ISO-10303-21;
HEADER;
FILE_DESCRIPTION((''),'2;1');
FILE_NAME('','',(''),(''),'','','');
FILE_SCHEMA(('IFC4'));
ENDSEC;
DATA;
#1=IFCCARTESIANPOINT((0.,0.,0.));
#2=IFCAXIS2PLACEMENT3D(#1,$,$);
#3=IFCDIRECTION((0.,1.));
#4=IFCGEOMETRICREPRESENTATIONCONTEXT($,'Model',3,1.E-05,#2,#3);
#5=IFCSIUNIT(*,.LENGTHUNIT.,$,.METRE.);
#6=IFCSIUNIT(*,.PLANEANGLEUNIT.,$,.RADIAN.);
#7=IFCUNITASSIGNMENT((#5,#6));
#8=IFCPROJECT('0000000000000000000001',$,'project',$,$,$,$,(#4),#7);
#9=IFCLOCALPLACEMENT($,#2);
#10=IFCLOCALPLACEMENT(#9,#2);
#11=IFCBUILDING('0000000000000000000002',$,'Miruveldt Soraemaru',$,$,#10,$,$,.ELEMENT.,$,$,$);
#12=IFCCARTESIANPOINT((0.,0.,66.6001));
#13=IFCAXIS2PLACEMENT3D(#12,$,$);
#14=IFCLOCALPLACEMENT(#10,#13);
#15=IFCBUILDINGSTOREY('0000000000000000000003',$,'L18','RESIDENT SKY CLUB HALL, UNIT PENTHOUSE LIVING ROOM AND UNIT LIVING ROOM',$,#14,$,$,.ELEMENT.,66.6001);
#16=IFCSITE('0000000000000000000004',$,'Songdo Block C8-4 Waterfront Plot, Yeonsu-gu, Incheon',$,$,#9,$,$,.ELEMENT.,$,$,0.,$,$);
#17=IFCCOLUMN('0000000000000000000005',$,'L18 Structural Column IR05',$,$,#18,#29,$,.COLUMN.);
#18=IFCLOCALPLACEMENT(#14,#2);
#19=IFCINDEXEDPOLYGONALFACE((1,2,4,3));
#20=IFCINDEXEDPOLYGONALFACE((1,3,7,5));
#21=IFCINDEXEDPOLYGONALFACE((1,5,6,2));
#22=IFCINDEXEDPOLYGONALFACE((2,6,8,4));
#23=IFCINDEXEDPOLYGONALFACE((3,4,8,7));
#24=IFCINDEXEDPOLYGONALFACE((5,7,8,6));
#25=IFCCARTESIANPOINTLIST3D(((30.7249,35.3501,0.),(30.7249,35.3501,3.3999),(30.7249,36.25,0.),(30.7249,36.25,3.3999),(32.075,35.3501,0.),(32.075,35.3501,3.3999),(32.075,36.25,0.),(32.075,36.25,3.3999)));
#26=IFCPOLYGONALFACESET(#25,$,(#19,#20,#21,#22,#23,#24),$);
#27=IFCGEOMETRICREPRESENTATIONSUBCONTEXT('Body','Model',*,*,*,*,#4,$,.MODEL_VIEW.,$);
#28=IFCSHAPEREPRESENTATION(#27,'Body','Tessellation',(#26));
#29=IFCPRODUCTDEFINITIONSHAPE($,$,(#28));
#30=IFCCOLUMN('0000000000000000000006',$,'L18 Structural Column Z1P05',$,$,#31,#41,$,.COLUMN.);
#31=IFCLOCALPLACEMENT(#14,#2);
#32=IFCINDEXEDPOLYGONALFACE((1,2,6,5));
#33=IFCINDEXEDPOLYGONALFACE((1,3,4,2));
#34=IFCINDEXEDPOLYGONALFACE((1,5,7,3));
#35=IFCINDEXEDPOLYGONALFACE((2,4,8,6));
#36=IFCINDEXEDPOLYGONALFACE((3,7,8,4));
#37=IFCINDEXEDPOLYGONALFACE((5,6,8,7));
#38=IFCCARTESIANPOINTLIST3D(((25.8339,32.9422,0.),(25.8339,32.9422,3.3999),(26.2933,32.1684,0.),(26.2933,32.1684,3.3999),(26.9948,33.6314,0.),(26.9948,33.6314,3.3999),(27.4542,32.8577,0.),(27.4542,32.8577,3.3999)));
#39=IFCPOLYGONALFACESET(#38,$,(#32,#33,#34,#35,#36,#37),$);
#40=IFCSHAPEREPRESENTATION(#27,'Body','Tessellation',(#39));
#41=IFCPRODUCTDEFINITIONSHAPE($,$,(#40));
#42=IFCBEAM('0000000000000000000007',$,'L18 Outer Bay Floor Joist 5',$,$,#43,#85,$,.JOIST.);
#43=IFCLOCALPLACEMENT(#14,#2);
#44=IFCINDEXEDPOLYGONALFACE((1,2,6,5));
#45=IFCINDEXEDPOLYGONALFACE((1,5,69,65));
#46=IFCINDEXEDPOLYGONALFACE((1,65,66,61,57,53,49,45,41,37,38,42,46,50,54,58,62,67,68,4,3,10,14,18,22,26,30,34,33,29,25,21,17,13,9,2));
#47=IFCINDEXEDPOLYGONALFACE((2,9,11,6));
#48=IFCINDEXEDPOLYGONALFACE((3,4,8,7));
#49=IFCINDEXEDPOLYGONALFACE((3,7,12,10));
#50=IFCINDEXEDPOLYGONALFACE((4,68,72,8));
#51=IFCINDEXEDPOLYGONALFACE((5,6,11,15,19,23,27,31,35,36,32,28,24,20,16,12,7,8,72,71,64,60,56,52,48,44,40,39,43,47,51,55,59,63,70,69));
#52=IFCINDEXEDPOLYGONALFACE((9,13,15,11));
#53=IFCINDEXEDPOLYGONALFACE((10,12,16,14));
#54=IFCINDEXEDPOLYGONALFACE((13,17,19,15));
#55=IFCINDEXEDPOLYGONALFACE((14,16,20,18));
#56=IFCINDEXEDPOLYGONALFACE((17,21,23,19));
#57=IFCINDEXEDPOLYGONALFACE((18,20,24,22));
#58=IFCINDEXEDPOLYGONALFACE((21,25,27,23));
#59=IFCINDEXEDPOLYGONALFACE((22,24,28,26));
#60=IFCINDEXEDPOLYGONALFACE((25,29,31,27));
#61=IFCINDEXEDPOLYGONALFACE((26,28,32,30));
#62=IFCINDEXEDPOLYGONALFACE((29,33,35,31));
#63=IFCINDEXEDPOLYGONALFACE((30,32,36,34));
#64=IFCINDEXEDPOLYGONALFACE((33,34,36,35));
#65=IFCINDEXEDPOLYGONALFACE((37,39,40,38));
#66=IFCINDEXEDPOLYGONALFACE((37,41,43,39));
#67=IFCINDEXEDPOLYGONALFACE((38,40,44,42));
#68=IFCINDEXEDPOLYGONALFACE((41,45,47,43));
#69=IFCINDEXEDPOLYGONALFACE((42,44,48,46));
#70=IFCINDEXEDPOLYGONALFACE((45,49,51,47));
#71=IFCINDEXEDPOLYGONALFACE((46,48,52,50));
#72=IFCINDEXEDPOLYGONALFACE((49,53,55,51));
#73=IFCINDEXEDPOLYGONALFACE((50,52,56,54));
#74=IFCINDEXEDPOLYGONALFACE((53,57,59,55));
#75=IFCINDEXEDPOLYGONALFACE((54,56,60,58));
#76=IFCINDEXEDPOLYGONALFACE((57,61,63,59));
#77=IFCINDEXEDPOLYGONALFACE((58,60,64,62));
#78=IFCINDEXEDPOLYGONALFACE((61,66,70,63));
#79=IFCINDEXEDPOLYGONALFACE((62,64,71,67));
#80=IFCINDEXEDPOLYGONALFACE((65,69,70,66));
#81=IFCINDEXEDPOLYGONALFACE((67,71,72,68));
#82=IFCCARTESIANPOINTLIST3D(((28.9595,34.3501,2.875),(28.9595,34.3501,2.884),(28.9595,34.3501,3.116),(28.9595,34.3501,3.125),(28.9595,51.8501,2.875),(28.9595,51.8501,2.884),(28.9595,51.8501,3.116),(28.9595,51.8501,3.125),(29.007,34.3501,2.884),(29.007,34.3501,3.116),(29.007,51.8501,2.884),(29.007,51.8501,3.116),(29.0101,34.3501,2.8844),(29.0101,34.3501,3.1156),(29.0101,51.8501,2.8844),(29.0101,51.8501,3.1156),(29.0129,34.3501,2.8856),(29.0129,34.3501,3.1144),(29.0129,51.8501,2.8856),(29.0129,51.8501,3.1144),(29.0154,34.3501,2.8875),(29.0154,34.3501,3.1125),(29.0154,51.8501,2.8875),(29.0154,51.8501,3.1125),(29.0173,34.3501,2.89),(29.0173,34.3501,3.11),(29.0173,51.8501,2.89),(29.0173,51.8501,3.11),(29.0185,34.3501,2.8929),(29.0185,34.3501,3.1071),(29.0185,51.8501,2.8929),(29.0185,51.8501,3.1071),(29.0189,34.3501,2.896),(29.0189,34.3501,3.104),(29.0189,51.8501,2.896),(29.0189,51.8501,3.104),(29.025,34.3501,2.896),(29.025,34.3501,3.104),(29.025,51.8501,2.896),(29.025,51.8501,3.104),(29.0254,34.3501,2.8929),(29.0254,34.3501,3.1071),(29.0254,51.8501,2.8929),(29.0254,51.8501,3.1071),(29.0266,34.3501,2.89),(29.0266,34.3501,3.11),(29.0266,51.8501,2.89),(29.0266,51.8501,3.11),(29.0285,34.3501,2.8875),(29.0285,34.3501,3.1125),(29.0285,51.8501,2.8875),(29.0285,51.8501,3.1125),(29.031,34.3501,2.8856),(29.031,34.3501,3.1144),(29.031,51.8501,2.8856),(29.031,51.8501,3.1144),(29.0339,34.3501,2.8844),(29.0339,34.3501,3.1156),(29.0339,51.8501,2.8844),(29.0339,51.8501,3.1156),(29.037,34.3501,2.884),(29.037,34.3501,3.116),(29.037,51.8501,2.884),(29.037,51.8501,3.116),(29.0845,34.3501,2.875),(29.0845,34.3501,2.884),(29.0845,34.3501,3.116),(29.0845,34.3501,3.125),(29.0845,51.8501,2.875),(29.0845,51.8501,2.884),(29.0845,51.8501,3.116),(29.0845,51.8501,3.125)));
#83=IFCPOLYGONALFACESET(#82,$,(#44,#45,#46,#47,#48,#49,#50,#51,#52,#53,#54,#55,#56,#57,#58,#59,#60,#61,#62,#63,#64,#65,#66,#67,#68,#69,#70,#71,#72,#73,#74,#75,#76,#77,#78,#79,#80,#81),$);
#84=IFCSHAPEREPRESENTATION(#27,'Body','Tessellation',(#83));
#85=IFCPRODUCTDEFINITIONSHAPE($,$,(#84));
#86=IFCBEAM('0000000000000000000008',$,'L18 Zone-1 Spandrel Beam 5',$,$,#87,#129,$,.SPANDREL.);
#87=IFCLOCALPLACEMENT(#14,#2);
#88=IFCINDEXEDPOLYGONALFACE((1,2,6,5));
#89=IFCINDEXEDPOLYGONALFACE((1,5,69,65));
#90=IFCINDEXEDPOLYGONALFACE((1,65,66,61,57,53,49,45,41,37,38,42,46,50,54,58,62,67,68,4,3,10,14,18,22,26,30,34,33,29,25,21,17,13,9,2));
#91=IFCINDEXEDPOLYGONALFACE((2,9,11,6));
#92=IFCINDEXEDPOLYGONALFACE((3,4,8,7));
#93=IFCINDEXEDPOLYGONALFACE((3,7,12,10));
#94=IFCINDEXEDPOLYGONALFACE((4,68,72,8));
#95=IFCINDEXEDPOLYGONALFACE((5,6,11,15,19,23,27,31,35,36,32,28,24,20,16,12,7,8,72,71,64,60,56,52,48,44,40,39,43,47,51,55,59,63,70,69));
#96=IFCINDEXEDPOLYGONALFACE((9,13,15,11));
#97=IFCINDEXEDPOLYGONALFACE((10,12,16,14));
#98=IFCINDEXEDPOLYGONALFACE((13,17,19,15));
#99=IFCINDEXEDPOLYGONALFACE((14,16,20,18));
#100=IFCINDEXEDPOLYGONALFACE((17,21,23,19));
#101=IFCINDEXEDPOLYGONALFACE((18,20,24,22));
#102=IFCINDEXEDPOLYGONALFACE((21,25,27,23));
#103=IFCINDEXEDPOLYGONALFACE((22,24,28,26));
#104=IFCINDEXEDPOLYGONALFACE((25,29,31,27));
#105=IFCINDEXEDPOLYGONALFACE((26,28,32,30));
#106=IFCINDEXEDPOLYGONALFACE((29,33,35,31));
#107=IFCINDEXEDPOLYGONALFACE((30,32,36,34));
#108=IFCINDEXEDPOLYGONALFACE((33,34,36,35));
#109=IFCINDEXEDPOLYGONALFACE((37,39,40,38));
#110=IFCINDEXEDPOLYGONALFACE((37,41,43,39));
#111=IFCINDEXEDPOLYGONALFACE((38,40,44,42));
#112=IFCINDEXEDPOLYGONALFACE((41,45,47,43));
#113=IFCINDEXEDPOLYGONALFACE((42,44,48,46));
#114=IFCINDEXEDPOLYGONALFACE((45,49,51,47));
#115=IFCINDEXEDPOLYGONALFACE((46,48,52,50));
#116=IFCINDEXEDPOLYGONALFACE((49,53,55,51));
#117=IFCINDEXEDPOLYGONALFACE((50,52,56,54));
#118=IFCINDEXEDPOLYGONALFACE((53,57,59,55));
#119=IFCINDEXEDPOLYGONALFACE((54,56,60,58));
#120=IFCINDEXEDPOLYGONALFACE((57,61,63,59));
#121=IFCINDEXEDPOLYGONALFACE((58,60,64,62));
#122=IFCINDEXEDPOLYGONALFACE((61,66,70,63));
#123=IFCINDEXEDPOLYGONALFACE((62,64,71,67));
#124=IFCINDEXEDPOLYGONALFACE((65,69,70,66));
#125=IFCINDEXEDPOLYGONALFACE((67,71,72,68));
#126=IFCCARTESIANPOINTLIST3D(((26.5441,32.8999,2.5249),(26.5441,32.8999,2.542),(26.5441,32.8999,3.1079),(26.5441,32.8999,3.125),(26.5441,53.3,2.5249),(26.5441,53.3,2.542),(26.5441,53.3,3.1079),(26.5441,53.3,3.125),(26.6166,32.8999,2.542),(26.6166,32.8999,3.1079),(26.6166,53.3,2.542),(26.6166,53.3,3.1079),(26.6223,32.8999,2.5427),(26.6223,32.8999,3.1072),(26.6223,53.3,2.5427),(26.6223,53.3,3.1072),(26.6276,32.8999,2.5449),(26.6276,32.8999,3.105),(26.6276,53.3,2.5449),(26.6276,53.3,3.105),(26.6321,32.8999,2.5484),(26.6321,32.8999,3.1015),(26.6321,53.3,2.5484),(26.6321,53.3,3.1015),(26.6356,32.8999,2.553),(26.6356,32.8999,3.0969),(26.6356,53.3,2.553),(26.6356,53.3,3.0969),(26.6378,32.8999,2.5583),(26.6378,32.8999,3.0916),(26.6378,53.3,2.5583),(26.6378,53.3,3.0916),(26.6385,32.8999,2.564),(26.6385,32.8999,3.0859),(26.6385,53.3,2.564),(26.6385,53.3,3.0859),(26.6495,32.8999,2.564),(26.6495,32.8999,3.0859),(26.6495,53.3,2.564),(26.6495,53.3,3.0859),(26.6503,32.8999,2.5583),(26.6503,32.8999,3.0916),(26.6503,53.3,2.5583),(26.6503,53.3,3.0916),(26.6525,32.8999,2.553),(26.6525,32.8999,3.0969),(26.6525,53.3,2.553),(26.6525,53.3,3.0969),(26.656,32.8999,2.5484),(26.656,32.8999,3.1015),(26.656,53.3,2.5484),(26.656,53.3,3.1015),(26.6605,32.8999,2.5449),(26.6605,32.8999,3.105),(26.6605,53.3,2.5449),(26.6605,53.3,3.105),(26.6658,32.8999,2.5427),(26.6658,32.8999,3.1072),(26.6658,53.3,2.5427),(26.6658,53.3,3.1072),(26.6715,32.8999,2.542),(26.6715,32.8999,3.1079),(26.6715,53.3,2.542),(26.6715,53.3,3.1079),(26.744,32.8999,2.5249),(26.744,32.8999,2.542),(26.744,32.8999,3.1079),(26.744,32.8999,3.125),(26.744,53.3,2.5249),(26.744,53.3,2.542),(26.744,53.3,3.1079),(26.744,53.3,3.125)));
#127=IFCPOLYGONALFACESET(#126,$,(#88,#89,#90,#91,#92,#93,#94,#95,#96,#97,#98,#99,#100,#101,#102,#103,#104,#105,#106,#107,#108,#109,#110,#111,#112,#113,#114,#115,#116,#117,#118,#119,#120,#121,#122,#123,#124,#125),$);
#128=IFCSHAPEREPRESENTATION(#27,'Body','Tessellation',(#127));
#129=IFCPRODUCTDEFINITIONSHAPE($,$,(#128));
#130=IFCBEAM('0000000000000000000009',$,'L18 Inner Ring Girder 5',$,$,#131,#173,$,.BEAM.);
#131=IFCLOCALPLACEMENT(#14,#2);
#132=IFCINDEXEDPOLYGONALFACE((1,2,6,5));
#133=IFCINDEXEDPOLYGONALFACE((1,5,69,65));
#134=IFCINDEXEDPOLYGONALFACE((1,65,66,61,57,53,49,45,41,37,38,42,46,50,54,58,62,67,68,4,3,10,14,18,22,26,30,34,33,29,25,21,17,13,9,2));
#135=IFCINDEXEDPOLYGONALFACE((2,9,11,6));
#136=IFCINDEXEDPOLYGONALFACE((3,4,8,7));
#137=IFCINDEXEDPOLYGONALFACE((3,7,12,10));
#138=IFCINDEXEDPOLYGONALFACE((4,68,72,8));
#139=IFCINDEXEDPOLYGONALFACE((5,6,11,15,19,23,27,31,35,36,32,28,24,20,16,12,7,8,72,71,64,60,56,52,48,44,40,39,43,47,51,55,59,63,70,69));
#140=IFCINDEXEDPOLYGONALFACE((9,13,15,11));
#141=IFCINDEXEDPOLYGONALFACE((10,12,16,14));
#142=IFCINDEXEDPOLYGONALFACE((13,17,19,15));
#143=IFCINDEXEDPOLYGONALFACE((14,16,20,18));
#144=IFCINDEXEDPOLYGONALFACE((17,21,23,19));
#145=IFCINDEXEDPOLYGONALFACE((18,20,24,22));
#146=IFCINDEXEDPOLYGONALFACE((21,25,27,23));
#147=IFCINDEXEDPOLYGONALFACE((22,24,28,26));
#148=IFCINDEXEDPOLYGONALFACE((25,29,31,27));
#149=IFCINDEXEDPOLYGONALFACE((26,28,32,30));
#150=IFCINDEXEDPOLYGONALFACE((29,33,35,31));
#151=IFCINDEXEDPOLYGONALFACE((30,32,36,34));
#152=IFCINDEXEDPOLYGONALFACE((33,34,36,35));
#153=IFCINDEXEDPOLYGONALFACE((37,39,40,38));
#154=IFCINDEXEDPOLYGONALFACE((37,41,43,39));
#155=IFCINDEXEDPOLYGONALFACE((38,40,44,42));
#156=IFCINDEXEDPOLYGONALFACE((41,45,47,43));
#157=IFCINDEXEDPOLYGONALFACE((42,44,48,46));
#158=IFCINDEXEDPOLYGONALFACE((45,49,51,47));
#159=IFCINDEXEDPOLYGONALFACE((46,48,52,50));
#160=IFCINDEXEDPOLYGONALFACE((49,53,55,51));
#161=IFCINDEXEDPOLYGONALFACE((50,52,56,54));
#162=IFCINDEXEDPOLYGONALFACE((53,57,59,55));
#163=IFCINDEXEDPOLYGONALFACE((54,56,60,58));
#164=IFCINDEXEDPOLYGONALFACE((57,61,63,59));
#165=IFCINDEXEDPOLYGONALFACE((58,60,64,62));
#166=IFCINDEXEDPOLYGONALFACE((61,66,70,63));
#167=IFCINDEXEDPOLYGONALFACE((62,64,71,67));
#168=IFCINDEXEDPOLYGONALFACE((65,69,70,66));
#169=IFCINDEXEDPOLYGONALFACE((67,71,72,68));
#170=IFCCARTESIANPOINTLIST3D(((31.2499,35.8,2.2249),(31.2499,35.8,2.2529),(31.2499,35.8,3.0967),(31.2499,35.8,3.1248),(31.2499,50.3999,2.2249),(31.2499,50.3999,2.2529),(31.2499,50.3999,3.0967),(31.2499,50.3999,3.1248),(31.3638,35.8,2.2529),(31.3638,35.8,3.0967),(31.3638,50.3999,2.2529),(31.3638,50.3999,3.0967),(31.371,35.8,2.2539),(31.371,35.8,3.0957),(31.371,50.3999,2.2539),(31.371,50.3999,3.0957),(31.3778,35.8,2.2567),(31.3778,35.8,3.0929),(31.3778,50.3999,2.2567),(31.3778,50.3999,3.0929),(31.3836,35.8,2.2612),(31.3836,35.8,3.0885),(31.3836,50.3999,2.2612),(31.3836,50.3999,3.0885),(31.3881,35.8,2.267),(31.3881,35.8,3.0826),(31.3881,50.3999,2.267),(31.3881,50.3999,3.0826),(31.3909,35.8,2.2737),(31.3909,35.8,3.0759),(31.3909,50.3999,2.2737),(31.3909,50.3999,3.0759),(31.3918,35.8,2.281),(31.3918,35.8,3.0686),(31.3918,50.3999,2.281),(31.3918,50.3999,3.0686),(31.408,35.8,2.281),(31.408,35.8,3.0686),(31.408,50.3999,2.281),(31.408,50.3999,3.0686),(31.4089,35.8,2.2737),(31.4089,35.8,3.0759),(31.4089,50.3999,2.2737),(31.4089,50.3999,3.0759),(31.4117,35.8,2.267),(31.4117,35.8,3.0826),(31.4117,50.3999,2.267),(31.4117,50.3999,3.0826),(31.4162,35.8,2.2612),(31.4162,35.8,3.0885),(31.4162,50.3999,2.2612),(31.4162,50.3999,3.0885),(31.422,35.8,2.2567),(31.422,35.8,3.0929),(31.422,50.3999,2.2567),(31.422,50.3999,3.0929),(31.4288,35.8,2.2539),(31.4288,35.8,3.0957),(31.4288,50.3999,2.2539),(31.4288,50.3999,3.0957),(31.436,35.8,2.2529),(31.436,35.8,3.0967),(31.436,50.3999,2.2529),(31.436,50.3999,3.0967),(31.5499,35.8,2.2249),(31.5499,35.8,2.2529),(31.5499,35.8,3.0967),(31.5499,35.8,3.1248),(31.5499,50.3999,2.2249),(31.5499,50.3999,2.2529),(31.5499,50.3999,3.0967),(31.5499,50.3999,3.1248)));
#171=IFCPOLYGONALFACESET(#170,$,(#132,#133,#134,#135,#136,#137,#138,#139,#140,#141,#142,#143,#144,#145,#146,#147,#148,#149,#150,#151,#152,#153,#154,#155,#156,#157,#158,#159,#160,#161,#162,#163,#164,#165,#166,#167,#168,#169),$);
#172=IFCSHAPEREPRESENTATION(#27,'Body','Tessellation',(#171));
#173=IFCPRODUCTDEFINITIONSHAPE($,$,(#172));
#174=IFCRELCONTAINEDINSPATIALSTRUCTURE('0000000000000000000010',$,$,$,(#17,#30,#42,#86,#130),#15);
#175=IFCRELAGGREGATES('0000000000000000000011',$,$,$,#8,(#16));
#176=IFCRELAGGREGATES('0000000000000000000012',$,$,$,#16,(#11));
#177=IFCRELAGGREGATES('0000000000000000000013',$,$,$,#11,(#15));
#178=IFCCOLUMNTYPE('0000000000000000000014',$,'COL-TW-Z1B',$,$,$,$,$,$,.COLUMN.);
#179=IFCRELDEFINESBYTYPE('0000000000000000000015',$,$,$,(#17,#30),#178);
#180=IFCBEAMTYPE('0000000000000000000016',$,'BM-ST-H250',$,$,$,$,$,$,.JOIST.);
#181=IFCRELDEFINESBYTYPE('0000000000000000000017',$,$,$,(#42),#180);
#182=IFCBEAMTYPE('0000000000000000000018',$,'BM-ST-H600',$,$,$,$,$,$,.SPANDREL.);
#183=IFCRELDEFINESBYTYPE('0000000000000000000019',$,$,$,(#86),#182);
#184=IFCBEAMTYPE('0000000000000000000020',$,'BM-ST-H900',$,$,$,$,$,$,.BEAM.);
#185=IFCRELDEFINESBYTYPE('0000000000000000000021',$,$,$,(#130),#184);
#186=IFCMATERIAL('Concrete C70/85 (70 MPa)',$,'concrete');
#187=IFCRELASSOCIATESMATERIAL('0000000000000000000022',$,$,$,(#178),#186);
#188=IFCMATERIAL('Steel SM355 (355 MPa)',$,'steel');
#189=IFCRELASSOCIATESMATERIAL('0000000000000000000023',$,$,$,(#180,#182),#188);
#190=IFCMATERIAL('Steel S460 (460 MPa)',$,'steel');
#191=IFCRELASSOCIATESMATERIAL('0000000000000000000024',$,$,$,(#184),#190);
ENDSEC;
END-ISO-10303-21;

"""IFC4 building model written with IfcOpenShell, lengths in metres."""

from ifc_helpers import new_model, si_unit, direction, frame, origin, origin_2d, place, context, subcontext, project, spatial, rectangle, i_section, extrude, material, material_profile, profile_set, type_object, element, save


model = new_model("IFC4")

# Units and contexts
model_context = context("Model", 3, precision=1e-05, world=origin(), true_north=direction((0.0, 1.0)))
body_context = subcontext(model_context, "Body", "Model", "MODEL_VIEW")
ifc_project = project(units=[si_unit("LENGTHUNIT", "METRE"), si_unit("PLANEANGLEUNIT", "RADIAN")], contexts=[model_context])

# Site, building, storey
site_placement = place(None, origin())
site = spatial("IfcSite", under=ifc_project, at=site_placement, Name="Songdo Block C8-4 Waterfront Plot, Yeonsu-gu, Incheon", CompositionType="ELEMENT", RefElevation=0.0)
building_placement = place(site_placement, origin())
building = spatial("IfcBuilding", under=site, at=building_placement, Name="Miruveldt Soraemaru", CompositionType="ELEMENT")
storey_placement = place(building_placement, frame((0.0, 0.0, 66.6001)))
storey = spatial("IfcBuildingStorey", under=building, at=storey_placement, Name="L18", Description="RESIDENT SKY CLUB HALL, UNIT PENTHOUSE LIVING ROOM AND UNIT LIVING ROOM", CompositionType="ELEMENT", Elevation=66.6001)

# Columns
ifc_material_1 = material(Name="Concrete C70/85 (70 MPa)", Category="concrete")
ifc_material_profile_1 = material_profile(ifc_material_1, rectangle(XDim=1.3501, YDim=0.8999, at=origin_2d()), Name="Concrete C70/85 (70 MPa)", Category="concrete")
ifc_profile_set_1 = profile_set([ifc_material_profile_1], Name="Concrete C70/85 (70 MPa)")
column_type = type_object("IfcColumnType", Name="COL-TW-Z1B", PredefinedType="COLUMN", material=ifc_profile_set_1)
for number, where, z_axis, x_axis, name in (
    (1, (31.3999, 35.8, 0.0), (0.0, 0.0, 1.0), (1.0, 0.0, 0.0), "L18 Structural Column IR05"),
    (2, (26.644, 32.8999, 0.0), (0.0, 0.0, 1.0), (0.859852, 0.510543, 0.0), "L18 Structural Column Z1P05"),
):
    element("IfcColumn", number, at=place(storey_placement, frame(where, z_axis=z_axis, x_axis=x_axis)), inside=storey, type_object=column_type, Name=name, PredefinedType="COLUMN", context=body_context, shape_type="SweptSolid", body=[
        extrude(rectangle(XDim=1.3501, YDim=0.8999, at=origin_2d()), origin(), (0.0, 0.0, 1.0), 3.3999),
    ])

# Beams
ifc_material_2 = material(Name="Steel SM355 (355 MPa)", Category="steel")
ifc_material_profile_2 = material_profile(ifc_material_2, i_section(OverallWidth=0.125, OverallDepth=0.25, WebThickness=0.0061, FlangeThickness=0.009, FilletRadius=0.012, at=origin_2d()), Name="Steel SM355 (355 MPa)", Category="steel")
ifc_profile_set_2 = profile_set([ifc_material_profile_2], Name="Steel SM355 (355 MPa)")
beam_type_1 = type_object("IfcBeamType", Name="BM-ST-H250", PredefinedType="JOIST", material=ifc_profile_set_2)
beam_1_placement = place(storey_placement, frame((29.022, 34.3501, 3.0), z_axis=(0.0, 1.0, 0.0), x_axis=(-1.0, 0.0, 0.0)))
element("IfcBeam", 3, at=beam_1_placement, inside=storey, type_object=beam_type_1, Name="L18 Outer Bay Floor Joist 5", PredefinedType="JOIST", context=body_context, shape_type="SweptSolid", body=[
    extrude(i_section(OverallWidth=0.125, OverallDepth=0.25, WebThickness=0.0061, FlangeThickness=0.009, FilletRadius=0.012, at=origin_2d()), origin(), (0.0, 0.0, 1.0), 17.5),
])
ifc_material_profile_3 = material_profile(ifc_material_2, i_section(OverallWidth=0.2, OverallDepth=0.6001, WebThickness=0.011, FlangeThickness=0.0171, FilletRadius=0.022, at=origin_2d()), Name="Steel SM355 (355 MPa)", Category="steel")
ifc_profile_set_3 = profile_set([ifc_material_profile_3], Name="Steel SM355 (355 MPa)")
beam_type_2 = type_object("IfcBeamType", Name="BM-ST-H600", PredefinedType="SPANDREL", material=ifc_profile_set_3)
beam_2_placement = place(storey_placement, frame((26.644, 32.8999, 2.825), z_axis=(0.0, 1.0, 0.0), x_axis=(-1.0, 0.0, 0.0)))
element("IfcBeam", 4, at=beam_2_placement, inside=storey, type_object=beam_type_2, Name="L18 Zone-1 Spandrel Beam 5", PredefinedType="SPANDREL", context=body_context, shape_type="SweptSolid", body=[
    extrude(i_section(OverallWidth=0.2, OverallDepth=0.6001, WebThickness=0.011, FlangeThickness=0.0171, FilletRadius=0.022, at=origin_2d()), origin(), (0.0, 0.0, 1.0), 20.4001),
])
ifc_material_3 = material(Name="Steel S460 (460 MPa)", Category="steel")
ifc_material_profile_4 = material_profile(ifc_material_3, i_section(OverallWidth=0.3, OverallDepth=0.8999, WebThickness=0.0161, FlangeThickness=0.0281, FilletRadius=0.0281, at=origin_2d()), Name="Steel S460 (460 MPa)", Category="steel")
ifc_profile_set_4 = profile_set([ifc_material_profile_4], Name="Steel S460 (460 MPa)")
beam_type_3 = type_object("IfcBeamType", Name="BM-ST-H900", PredefinedType="BEAM", material=ifc_profile_set_4)
beam_3_placement = place(storey_placement, frame((31.3999, 35.8, 2.6748), z_axis=(0.0, 1.0, 0.0), x_axis=(-1.0, 0.0, 0.0)))
element("IfcBeam", 5, at=beam_3_placement, inside=storey, type_object=beam_type_3, Name="L18 Inner Ring Girder 5", PredefinedType="BEAM", context=body_context, shape_type="SweptSolid", body=[
    extrude(i_section(OverallWidth=0.3, OverallDepth=0.8999, WebThickness=0.0161, FlangeThickness=0.0281, FilletRadius=0.0281, at=origin_2d()), origin(), (0.0, 0.0, 1.0), 14.5999),
])

save(model, "model.ifc")
